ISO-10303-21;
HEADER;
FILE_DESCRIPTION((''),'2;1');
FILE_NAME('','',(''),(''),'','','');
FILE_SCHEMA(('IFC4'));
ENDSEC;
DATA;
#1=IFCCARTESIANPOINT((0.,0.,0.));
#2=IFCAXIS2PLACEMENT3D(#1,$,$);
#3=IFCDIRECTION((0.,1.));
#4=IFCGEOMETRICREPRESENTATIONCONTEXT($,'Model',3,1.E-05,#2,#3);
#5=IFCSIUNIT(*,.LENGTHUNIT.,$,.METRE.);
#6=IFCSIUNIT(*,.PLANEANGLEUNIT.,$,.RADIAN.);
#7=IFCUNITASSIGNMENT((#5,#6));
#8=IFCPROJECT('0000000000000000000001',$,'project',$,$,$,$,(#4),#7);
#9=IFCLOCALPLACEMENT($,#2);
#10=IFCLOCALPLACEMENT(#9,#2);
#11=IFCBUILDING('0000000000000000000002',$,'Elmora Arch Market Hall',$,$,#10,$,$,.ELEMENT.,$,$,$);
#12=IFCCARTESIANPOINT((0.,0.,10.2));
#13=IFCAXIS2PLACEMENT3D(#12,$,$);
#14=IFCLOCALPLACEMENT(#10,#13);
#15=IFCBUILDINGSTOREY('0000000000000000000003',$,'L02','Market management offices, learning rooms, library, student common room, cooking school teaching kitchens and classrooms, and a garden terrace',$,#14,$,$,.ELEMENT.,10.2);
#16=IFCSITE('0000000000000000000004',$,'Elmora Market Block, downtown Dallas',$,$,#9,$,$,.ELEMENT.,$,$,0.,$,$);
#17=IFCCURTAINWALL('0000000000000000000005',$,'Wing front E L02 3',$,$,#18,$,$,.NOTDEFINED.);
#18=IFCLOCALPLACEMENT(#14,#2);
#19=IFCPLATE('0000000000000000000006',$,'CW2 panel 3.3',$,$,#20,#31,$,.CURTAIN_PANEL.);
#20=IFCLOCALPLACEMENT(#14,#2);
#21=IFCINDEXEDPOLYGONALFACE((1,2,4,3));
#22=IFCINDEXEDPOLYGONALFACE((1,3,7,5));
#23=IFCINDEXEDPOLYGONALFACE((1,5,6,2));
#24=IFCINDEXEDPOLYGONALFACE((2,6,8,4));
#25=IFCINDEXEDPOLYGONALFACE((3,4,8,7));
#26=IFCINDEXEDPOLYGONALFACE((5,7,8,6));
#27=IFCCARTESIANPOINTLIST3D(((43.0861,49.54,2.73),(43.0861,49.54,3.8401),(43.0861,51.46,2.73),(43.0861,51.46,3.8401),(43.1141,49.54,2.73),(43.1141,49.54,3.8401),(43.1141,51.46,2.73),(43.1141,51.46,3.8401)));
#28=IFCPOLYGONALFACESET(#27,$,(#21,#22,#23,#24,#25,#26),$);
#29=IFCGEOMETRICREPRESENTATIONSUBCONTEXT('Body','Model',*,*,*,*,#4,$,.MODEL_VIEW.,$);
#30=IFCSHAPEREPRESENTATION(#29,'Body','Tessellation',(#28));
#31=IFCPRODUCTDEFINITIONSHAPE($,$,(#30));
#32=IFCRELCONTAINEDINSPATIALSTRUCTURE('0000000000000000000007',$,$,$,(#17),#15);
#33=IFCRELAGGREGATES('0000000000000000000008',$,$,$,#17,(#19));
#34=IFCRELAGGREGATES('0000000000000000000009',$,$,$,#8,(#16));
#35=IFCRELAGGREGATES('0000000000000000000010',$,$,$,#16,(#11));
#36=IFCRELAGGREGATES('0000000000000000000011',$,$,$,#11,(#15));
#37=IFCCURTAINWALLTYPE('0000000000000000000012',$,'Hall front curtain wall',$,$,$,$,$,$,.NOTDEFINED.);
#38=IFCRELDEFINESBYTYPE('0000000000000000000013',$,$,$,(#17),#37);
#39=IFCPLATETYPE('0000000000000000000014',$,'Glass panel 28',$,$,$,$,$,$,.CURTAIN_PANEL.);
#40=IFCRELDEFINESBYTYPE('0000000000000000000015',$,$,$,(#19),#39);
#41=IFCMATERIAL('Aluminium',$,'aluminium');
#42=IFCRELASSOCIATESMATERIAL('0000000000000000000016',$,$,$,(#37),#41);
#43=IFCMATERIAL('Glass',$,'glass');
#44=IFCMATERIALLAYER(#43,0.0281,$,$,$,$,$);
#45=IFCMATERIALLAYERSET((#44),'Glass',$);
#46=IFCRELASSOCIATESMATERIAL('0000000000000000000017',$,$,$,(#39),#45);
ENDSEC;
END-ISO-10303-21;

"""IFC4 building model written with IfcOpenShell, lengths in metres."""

from ifc_helpers import new_model, si_unit, direction, frame, origin, origin_2d, place, context, subcontext, project, spatial, rectangle, extrude, material, layer, layer_set, type_object, element, aggregate, save


model = new_model("IFC4")

# Units and contexts
model_context = context("Model", 3, precision=1e-05, world=origin(), true_north=direction((0.0, 1.0)))
body_context = subcontext(model_context, "Body", "Model", "MODEL_VIEW")
ifc_project = project(units=[si_unit("LENGTHUNIT", "METRE"), si_unit("PLANEANGLEUNIT", "RADIAN")], contexts=[model_context])

# Site, building, storey
site_placement = place(None, origin())
site = spatial("IfcSite", under=ifc_project, at=site_placement, Name="Elmora Market Block, downtown Dallas", CompositionType="ELEMENT", RefElevation=0.0)
building_placement = place(site_placement, origin())
building = spatial("IfcBuilding", under=site, at=building_placement, Name="Elmora Arch Market Hall", CompositionType="ELEMENT")
storey_placement = place(building_placement, frame((0.0, 0.0, 10.2)))
storey = spatial("IfcBuildingStorey", under=building, at=storey_placement, Name="L02", Description="Market management offices, learning rooms, library, student common room, cooking school teaching kitchens and classrooms, and a garden terrace", CompositionType="ELEMENT", Elevation=10.2)

# Shared definitions
ifc_material_1 = material(Name="Aluminium", Category="aluminium")
curtain_wall_type = type_object("IfcCurtainWallType", Name="Hall front curtain wall", PredefinedType="NOTDEFINED", material=ifc_material_1)

# Curtain wall
curtain_wall_1_placement = place(storey_placement, origin())
curtain_wall_1 = element("IfcCurtainWall", 1, at=curtain_wall_1_placement, inside=storey, type_object=curtain_wall_type, Name="Wing front E L02 3", PredefinedType="NOTDEFINED")

# Plate
ifc_material_2 = material(Name="Glass", Category="glass")
ifc_layer = layer(ifc_material_2, 0.0281)
ifc_layer_set = layer_set([ifc_layer], Name="Glass")
plate_type = type_object("IfcPlateType", Name="Glass panel 28", PredefinedType="CURTAIN_PANEL", material=ifc_layer_set)
plate_1_placement = place(storey_placement, frame((43.1001, 50.5, 2.73), z_axis=(0.0, 0.0, 1.0), x_axis=(0.0, 1.0, 0.0)))
plate_1 = element("IfcPlate", 2, at=plate_1_placement, type_object=plate_type, Name="CW2 panel 3.3", PredefinedType="CURTAIN_PANEL", context=body_context, shape_type="SweptSolid", body=[
    extrude(rectangle(XDim=1.9199, YDim=0.0281, at=origin_2d()), origin(), (0.0, 0.0, 1.0), 1.1101),
])
aggregate(curtain_wall_1, [plate_1])

save(model, "model.ifc")
